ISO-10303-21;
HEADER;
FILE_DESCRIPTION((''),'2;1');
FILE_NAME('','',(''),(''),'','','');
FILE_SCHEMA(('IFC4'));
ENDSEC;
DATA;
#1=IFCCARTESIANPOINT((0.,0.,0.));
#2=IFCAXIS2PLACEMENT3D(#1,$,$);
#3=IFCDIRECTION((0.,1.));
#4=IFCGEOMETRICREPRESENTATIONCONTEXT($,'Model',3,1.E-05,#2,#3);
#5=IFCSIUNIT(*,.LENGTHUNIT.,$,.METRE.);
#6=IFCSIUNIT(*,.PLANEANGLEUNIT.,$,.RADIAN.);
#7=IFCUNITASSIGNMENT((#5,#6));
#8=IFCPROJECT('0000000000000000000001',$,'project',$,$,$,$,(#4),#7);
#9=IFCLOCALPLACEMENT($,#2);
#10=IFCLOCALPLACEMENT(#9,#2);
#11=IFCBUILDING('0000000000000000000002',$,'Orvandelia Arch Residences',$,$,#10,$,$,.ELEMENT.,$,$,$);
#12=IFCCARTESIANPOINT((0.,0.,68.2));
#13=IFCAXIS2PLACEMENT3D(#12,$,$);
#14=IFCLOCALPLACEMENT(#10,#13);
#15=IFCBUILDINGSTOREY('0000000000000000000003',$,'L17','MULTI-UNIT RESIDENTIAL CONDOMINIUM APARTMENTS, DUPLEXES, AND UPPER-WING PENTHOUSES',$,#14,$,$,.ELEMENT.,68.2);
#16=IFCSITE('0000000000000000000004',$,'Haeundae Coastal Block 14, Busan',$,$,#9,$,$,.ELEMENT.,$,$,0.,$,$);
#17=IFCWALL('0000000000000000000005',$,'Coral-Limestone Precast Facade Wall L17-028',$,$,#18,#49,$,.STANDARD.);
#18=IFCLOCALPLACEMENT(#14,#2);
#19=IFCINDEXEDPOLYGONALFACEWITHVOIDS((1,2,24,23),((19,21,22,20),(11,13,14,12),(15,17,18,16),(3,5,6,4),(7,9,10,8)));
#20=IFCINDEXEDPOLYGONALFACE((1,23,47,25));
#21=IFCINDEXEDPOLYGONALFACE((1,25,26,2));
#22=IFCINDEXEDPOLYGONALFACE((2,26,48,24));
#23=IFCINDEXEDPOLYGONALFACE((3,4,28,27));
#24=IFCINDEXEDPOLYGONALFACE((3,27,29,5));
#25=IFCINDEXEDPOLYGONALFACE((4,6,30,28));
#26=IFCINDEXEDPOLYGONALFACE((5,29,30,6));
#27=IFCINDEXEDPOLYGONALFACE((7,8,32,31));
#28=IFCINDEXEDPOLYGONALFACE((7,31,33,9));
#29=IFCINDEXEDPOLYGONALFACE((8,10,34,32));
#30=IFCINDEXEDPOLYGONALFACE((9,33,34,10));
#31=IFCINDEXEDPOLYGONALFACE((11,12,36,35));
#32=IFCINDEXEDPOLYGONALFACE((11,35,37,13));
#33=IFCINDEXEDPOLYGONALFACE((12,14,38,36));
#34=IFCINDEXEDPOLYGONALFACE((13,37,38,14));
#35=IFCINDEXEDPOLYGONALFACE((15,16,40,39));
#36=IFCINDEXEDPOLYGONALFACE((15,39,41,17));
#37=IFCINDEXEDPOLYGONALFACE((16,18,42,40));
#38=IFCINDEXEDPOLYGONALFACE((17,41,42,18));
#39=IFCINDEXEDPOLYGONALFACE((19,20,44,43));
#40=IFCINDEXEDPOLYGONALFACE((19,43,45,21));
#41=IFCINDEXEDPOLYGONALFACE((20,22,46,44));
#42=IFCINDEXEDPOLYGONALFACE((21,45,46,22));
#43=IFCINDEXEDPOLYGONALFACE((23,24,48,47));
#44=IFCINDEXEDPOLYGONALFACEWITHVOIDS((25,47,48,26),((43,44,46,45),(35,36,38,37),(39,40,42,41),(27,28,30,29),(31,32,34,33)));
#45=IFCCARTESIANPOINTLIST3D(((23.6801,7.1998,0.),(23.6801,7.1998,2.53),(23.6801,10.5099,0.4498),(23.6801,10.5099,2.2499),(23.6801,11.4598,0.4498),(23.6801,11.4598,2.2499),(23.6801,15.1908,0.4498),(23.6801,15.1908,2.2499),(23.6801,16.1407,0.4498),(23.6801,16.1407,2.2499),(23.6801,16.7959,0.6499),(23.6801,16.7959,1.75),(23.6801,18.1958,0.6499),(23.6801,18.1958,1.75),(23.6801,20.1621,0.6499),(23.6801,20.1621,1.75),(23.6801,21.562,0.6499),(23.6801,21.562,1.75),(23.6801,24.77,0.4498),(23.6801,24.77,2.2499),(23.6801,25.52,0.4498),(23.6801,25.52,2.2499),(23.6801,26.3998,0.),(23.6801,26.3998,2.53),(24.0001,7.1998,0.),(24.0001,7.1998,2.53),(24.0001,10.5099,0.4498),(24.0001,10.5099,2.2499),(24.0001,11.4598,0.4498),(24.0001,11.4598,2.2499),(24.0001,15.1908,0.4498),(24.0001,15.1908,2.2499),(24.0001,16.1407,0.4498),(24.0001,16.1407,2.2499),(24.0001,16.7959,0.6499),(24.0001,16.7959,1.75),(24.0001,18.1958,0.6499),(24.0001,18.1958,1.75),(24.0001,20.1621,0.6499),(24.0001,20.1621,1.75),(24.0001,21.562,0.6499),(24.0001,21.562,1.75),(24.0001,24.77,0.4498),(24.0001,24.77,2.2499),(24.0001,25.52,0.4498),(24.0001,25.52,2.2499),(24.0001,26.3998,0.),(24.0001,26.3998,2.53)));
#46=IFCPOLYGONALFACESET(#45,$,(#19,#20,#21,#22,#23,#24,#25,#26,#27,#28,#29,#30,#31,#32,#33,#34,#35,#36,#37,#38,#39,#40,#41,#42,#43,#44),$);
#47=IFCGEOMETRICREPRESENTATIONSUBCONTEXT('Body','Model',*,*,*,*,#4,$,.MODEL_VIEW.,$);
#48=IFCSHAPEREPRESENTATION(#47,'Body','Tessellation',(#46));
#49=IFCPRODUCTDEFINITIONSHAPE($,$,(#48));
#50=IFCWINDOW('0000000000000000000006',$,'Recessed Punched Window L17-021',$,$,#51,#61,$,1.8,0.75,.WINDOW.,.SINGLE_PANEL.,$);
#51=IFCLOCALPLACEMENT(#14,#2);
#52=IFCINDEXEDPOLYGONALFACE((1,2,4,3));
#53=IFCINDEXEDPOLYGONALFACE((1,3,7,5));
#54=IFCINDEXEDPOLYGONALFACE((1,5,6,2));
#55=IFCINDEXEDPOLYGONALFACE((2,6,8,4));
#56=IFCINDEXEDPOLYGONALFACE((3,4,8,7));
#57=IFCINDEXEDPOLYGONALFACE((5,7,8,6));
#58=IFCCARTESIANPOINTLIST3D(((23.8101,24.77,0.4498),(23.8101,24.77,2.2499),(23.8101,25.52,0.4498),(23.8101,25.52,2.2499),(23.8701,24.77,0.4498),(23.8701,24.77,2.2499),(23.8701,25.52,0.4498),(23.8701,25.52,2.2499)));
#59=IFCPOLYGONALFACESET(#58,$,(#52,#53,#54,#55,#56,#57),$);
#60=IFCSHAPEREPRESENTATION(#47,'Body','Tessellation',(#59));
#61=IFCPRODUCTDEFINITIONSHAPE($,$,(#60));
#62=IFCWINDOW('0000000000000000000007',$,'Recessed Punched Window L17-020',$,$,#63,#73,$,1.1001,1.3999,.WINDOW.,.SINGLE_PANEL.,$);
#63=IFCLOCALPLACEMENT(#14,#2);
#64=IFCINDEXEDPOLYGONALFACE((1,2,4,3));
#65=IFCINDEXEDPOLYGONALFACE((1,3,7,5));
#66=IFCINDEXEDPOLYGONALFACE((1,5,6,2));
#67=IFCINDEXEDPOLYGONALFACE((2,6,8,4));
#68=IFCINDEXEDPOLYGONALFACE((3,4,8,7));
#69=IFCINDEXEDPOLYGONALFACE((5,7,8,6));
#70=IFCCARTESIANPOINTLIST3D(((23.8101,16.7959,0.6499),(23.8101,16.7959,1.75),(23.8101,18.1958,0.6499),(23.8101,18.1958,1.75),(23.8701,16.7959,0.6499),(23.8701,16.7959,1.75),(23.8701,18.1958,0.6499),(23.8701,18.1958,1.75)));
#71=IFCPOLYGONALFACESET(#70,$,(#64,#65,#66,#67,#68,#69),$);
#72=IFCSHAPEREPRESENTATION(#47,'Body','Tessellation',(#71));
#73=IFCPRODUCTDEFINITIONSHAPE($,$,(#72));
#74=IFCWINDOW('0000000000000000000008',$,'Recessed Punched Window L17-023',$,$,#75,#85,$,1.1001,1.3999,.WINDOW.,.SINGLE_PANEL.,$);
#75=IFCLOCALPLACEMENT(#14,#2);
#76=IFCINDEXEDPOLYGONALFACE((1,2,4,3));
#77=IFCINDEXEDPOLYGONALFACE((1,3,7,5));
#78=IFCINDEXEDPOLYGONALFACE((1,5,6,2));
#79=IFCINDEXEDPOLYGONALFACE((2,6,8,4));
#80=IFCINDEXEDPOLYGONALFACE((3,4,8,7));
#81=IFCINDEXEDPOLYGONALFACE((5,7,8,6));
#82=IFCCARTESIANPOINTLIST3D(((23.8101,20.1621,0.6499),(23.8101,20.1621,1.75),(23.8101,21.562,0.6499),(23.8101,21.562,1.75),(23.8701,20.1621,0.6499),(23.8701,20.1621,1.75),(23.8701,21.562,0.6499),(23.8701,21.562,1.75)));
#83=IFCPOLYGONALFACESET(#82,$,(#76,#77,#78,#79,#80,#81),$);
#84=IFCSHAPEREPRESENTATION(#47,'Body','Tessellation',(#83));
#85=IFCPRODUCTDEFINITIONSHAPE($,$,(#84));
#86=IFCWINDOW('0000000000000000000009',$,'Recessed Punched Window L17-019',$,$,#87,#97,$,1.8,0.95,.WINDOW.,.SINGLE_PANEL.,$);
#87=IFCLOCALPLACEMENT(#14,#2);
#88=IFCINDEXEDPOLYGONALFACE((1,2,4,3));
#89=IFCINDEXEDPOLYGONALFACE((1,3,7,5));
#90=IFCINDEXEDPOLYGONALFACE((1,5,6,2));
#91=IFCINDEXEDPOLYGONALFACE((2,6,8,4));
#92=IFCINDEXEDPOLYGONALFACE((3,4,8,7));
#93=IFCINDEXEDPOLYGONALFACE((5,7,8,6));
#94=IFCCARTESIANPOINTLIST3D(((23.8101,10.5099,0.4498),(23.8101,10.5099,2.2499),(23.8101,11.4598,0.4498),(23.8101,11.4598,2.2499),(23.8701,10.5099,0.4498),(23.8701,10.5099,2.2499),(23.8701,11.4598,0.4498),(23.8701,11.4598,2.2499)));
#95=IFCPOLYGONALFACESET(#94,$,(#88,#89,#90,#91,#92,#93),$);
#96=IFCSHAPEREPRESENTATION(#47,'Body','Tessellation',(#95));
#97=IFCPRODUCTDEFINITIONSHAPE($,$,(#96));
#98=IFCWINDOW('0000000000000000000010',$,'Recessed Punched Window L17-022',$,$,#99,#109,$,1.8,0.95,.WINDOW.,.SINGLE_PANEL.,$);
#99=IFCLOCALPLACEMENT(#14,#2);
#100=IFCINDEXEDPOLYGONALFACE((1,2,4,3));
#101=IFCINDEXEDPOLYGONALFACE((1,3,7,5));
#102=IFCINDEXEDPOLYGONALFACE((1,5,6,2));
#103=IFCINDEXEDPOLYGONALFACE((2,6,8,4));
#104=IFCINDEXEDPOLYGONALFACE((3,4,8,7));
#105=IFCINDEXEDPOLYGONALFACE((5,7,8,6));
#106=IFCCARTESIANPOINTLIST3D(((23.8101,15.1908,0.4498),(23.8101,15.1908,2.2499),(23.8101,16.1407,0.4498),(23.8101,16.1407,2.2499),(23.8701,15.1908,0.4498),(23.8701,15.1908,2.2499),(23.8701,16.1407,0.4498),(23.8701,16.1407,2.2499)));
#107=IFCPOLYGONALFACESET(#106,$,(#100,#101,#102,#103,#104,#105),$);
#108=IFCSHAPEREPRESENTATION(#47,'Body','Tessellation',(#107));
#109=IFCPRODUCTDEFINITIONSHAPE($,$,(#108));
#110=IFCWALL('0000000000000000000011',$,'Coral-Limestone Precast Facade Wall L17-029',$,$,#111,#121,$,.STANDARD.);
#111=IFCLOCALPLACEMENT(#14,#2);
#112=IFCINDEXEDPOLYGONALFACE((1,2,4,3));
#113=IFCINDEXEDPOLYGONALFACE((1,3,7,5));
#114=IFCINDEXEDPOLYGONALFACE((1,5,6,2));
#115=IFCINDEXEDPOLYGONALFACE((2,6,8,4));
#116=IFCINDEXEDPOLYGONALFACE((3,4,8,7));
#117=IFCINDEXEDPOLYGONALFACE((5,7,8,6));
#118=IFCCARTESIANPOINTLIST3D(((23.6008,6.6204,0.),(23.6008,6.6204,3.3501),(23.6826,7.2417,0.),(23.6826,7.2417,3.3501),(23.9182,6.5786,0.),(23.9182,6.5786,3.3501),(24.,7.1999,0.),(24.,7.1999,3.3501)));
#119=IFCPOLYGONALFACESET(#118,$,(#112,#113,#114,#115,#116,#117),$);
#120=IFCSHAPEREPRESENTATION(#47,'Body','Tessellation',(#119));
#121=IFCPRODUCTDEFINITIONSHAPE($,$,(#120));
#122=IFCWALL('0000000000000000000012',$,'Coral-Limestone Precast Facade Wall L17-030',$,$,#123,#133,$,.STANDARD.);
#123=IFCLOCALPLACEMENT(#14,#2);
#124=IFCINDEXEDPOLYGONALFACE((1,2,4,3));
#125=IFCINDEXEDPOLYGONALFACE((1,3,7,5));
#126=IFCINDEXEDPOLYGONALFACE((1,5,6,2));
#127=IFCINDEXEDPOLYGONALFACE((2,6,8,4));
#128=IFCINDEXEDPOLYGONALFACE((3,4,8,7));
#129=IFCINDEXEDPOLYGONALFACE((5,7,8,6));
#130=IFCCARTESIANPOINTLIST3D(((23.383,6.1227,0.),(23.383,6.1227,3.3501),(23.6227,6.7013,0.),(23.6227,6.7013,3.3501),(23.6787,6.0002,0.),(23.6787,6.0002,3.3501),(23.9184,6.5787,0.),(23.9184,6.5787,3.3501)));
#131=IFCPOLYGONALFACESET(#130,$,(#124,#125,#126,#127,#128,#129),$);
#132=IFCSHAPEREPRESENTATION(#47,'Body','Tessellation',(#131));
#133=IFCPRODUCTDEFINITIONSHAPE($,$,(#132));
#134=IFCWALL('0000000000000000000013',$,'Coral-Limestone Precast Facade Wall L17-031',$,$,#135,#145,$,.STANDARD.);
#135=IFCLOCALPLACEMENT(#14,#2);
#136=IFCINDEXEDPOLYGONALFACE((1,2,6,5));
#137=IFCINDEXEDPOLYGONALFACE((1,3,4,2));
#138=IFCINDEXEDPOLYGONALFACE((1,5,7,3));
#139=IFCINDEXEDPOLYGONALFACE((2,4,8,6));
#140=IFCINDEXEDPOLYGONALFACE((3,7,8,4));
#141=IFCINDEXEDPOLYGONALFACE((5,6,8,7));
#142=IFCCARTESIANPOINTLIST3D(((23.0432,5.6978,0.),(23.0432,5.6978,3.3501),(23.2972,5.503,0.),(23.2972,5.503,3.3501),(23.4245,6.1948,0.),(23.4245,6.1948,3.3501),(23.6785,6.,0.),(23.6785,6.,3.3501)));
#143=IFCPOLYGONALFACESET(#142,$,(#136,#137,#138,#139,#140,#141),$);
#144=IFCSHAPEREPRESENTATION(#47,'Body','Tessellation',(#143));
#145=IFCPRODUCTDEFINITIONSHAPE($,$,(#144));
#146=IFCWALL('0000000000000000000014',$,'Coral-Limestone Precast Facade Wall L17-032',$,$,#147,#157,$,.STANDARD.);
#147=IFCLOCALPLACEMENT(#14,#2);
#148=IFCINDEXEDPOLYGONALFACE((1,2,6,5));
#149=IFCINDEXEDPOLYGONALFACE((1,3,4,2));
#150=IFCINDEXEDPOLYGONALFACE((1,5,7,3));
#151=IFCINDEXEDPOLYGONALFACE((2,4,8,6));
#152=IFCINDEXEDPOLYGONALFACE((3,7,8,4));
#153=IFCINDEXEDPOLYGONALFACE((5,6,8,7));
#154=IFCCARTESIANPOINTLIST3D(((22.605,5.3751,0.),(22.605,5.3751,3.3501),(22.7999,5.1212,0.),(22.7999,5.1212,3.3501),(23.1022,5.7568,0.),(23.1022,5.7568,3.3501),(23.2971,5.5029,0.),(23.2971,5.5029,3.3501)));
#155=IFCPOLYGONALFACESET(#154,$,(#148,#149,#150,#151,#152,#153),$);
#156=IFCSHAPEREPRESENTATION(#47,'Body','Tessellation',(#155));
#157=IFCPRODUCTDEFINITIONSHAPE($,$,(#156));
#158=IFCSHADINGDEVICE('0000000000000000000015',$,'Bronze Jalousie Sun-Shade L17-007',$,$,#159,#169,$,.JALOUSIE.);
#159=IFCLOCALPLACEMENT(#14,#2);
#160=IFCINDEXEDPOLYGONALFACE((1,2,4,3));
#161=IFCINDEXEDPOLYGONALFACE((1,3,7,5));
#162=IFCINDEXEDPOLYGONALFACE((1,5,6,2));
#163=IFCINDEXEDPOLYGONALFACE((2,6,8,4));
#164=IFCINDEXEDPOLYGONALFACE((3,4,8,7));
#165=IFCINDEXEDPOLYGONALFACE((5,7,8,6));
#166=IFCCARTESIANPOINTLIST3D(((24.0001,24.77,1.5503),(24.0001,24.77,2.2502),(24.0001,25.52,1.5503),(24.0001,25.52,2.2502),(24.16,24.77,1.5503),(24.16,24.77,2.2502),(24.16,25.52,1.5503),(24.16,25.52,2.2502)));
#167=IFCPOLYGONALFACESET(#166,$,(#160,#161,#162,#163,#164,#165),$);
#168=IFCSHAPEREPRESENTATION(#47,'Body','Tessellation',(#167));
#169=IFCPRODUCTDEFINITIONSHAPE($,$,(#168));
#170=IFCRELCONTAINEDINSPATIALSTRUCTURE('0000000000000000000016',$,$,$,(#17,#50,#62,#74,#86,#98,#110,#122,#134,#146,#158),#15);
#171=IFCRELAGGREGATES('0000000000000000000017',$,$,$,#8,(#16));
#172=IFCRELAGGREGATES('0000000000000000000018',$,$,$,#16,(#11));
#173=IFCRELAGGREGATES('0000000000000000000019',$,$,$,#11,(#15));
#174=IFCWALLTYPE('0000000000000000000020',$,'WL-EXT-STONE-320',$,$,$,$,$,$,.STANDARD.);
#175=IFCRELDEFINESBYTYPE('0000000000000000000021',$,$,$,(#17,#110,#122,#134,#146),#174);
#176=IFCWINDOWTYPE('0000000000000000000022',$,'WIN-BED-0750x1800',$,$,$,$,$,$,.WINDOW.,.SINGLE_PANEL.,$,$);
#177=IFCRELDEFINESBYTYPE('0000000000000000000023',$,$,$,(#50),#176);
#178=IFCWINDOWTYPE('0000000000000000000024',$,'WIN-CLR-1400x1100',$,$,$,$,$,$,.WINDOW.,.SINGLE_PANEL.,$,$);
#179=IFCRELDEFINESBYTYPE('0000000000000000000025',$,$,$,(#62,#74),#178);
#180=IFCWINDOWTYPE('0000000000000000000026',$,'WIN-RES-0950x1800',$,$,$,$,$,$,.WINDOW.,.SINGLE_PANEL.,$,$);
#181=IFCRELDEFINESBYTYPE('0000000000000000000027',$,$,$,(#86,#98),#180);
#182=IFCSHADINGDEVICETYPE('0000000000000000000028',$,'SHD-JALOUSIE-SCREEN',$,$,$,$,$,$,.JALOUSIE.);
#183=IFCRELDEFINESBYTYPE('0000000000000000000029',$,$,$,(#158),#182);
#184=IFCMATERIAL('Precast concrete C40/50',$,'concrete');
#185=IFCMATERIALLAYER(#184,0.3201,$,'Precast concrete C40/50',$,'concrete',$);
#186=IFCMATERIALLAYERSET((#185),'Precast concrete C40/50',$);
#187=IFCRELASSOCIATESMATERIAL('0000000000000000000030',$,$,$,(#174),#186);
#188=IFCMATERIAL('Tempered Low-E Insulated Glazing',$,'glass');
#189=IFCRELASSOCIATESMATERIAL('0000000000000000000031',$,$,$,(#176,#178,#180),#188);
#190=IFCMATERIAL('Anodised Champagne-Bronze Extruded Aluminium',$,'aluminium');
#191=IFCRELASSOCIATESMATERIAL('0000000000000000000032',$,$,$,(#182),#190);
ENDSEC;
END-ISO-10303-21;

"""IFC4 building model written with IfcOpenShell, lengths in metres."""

from ifc_helpers import new_model, si_unit, direction, frame, frame_2d, origin, origin_2d, place, context, subcontext, project, spatial, rectangle, extrude, material, layer, layer_set, type_object, element, fill, save


model = new_model("IFC4")

# Units and contexts
model_context = context("Model", 3, precision=1e-05, world=origin(), true_north=direction((0.0, 1.0)))
body_context = subcontext(model_context, "Body", "Model", "MODEL_VIEW")
ifc_project = project(units=[si_unit("LENGTHUNIT", "METRE"), si_unit("PLANEANGLEUNIT", "RADIAN")], contexts=[model_context])

# Site, building, storey
site_placement = place(None, origin())
site = spatial("IfcSite", under=ifc_project, at=site_placement, Name="Haeundae Coastal Block 14, Busan", CompositionType="ELEMENT", RefElevation=0.0)
building_placement = place(site_placement, origin())
building = spatial("IfcBuilding", under=site, at=building_placement, Name="Orvandelia Arch Residences", CompositionType="ELEMENT")
storey_placement = place(building_placement, frame((0.0, 0.0, 68.2)))
storey = spatial("IfcBuildingStorey", under=building, at=storey_placement, Name="L17", Description="MULTI-UNIT RESIDENTIAL CONDOMINIUM APARTMENTS, DUPLEXES, AND UPPER-WING PENTHOUSES", CompositionType="ELEMENT", Elevation=68.2)

# Shared definitions
ifc_material_1 = material(Name="Precast concrete C40/50", Category="concrete")
ifc_layer = layer(ifc_material_1, 0.3201, Name="Precast concrete C40/50", Category="concrete")
ifc_layer_set = layer_set([ifc_layer], Name="Precast concrete C40/50")
wall_type = type_object("IfcWallType", Name="WL-EXT-STONE-320", PredefinedType="STANDARD", material=ifc_layer_set)

# Wall, openings, windows
wall_1_placement = place(storey_placement, frame((23.8401, 26.3999, 0.0), z_axis=(0.0, 0.0, 1.0), x_axis=(0.0, -1.0, 0.0)))
wall_1 = element("IfcWall", 1, at=wall_1_placement, inside=storey, type_object=wall_type, Name="Coral-Limestone Precast Facade Wall L17-028", PredefinedType="STANDARD", context=body_context, shape_type="SweptSolid", body=[
    extrude(rectangle(XDim=19.2, YDim=0.3201, at=frame_2d((9.6001, 0.0))), origin(), (0.0, 0.0, 1.0), 2.53),
])
opening_1_placement = place(wall_1_placement, frame((14.9399, 0.0, 0.45)))
opening_1 = element("IfcOpeningElement", 2, at=opening_1_placement, cuts=wall_1, PredefinedType="OPENING", context=body_context, shape_type="SweptSolid", body=[
    extrude(rectangle(XDim=0.95, YDim=1.8, at=frame_2d((0.4751, 0.8999))), frame((0.0, 0.1699, 0.0), z_axis=(0.0, -1.0, 0.0), x_axis=(1.0, 0.0, 0.0)), (0.0, 0.0, 1.0), 0.3401),
])
opening_2_placement = place(wall_1_placement, frame((8.2041, 0.0, 0.6499)))
opening_2 = element("IfcOpeningElement", 3, at=opening_2_placement, cuts=wall_1, PredefinedType="OPENING", context=body_context, shape_type="SweptSolid", body=[
    extrude(rectangle(XDim=1.3999, YDim=1.1001, at=frame_2d((0.7, 0.55))), frame((0.0, 0.1699, 0.0), z_axis=(0.0, -1.0, 0.0), x_axis=(1.0, 0.0, 0.0)), (0.0, 0.0, 1.0), 0.3401),
])
opening_3_placement = place(wall_1_placement, frame((0.8799, 0.0, 0.45)))
opening_3 = element("IfcOpeningElement", 4, at=opening_3_placement, cuts=wall_1, PredefinedType="OPENING", context=body_context, shape_type="SweptSolid", body=[
    extrude(rectangle(XDim=0.75, YDim=1.8, at=frame_2d((0.375, 0.8999))), frame((0.0, 0.1699, 0.0), z_axis=(0.0, -1.0, 0.0), x_axis=(1.0, 0.0, 0.0)), (0.0, 0.0, 1.0), 0.3401),
])
opening_4_placement = place(wall_1_placement, frame((10.259, 0.0, 0.45)))
opening_4 = element("IfcOpeningElement", 5, at=opening_4_placement, cuts=wall_1, PredefinedType="OPENING", context=body_context, shape_type="SweptSolid", body=[
    extrude(rectangle(XDim=0.95, YDim=1.8, at=frame_2d((0.4751, 0.8999))), frame((0.0, 0.1699, 0.0), z_axis=(0.0, -1.0, 0.0), x_axis=(1.0, 0.0, 0.0)), (0.0, 0.0, 1.0), 0.3401),
])
opening_5_placement = place(wall_1_placement, frame((4.8379, 0.0, 0.6499)))
opening_5 = element("IfcOpeningElement", 6, at=opening_5_placement, cuts=wall_1, PredefinedType="OPENING", context=body_context, shape_type="SweptSolid", body=[
    extrude(rectangle(XDim=1.3999, YDim=1.1001, at=frame_2d((0.7, 0.55))), frame((0.0, 0.1699, 0.0), z_axis=(0.0, -1.0, 0.0), x_axis=(1.0, 0.0, 0.0)), (0.0, 0.0, 1.0), 0.3401),
])
ifc_material_2 = material(Name="Tempered Low-E Insulated Glazing", Category="glass")
window_type_1 = type_object("IfcWindowType", Name="WIN-BED-0750x1800", PartitioningType="SINGLE_PANEL", PredefinedType="WINDOW", material=ifc_material_2)
window_1_placement = place(opening_3_placement, origin())
window_1 = element("IfcWindow", 7, at=window_1_placement, inside=storey, type_object=window_type_1, Name="Recessed Punched Window L17-021", OverallHeight=1.8, OverallWidth=0.75, PartitioningType="SINGLE_PANEL", PredefinedType="WINDOW", context=body_context, shape_type="SweptSolid", body=[
    extrude(rectangle(XDim=0.75, YDim=1.8, at=frame_2d((0.375, 0.8999))), frame((0.0, 0.03, 0.0), z_axis=(0.0, -1.0, 0.0), x_axis=(1.0, 0.0, 0.0)), (0.0, 0.0, 1.0), 0.0601),
])
fill(opening_3, window_1)
window_type_2 = type_object("IfcWindowType", Name="WIN-CLR-1400x1100", PartitioningType="SINGLE_PANEL", PredefinedType="WINDOW", material=ifc_material_2)
window_2_placement = place(opening_2_placement, origin())
window_2 = element("IfcWindow", 8, at=window_2_placement, inside=storey, type_object=window_type_2, Name="Recessed Punched Window L17-020", OverallHeight=1.1001, OverallWidth=1.3999, PartitioningType="SINGLE_PANEL", PredefinedType="WINDOW", context=body_context, shape_type="SweptSolid", body=[
    extrude(rectangle(XDim=1.3999, YDim=1.1001, at=frame_2d((0.7, 0.55))), frame((0.0, 0.03, 0.0), z_axis=(0.0, -1.0, 0.0), x_axis=(1.0, 0.0, 0.0)), (0.0, 0.0, 1.0), 0.0601),
])
fill(opening_2, window_2)
window_3_placement = place(opening_5_placement, origin())
window_3 = element("IfcWindow", 9, at=window_3_placement, inside=storey, type_object=window_type_2, Name="Recessed Punched Window L17-023", OverallHeight=1.1001, OverallWidth=1.3999, PartitioningType="SINGLE_PANEL", PredefinedType="WINDOW", context=body_context, shape_type="SweptSolid", body=[
    extrude(rectangle(XDim=1.3999, YDim=1.1001, at=frame_2d((0.7, 0.55))), frame((0.0, 0.03, 0.0), z_axis=(0.0, -1.0, 0.0), x_axis=(1.0, 0.0, 0.0)), (0.0, 0.0, 1.0), 0.0601),
])
fill(opening_5, window_3)
window_type_3 = type_object("IfcWindowType", Name="WIN-RES-0950x1800", PartitioningType="SINGLE_PANEL", PredefinedType="WINDOW", material=ifc_material_2)
window_4_placement = place(opening_1_placement, origin())
window_4 = element("IfcWindow", 10, at=window_4_placement, inside=storey, type_object=window_type_3, Name="Recessed Punched Window L17-019", OverallHeight=1.8, OverallWidth=0.95, PartitioningType="SINGLE_PANEL", PredefinedType="WINDOW", context=body_context, shape_type="SweptSolid", body=[
    extrude(rectangle(XDim=0.95, YDim=1.8, at=frame_2d((0.4751, 0.8999))), frame((0.0, 0.03, 0.0), z_axis=(0.0, -1.0, 0.0), x_axis=(1.0, 0.0, 0.0)), (0.0, 0.0, 1.0), 0.0601),
])
fill(opening_1, window_4)
window_5_placement = place(opening_4_placement, origin())
window_5 = element("IfcWindow", 11, at=window_5_placement, inside=storey, type_object=window_type_3, Name="Recessed Punched Window L17-022", OverallHeight=1.8, OverallWidth=0.95, PartitioningType="SINGLE_PANEL", PredefinedType="WINDOW", context=body_context, shape_type="SweptSolid", body=[
    extrude(rectangle(XDim=0.95, YDim=1.8, at=frame_2d((0.4751, 0.8999))), frame((0.0, 0.03, 0.0), z_axis=(0.0, -1.0, 0.0), x_axis=(1.0, 0.0, 0.0)), (0.0, 0.0, 1.0), 0.0601),
])
fill(opening_4, window_5)

# Walls
wall_2_placement = place(storey_placement, frame((23.8413, 7.2209, 0.0), z_axis=(0.0, 0.0, 1.0), x_axis=(-0.130505, -0.991448, 0.0)))
element("IfcWall", 12, at=wall_2_placement, inside=storey, type_object=wall_type, Name="Coral-Limestone Precast Facade Wall L17-029", PredefinedType="STANDARD", context=body_context, shape_type="SweptSolid", body=[
    extrude(rectangle(XDim=0.6267, YDim=0.3201, at=frame_2d((0.3135, 0.0))), origin(), (0.0, 0.0, 1.0), 3.3501),
])
wall_3_placement = place(storey_placement, frame((23.7705, 6.6399, 0.0), z_axis=(0.0, 0.0, 1.0), x_axis=(-0.382788, -0.923836, 0.0)))
element("IfcWall", 13, at=wall_3_placement, inside=storey, type_object=wall_type, Name="Coral-Limestone Precast Facade Wall L17-030", PredefinedType="STANDARD", context=body_context, shape_type="SweptSolid", body=[
    extrude(rectangle(XDim=0.6262, YDim=0.3201, at=frame_2d((0.313, 0.0))), origin(), (0.0, 0.0, 1.0), 3.3501),
])
wall_4_placement = place(storey_placement, frame((23.5515, 6.0974, 0.0), z_axis=(0.0, 0.0, 1.0), x_axis=(-0.608693, -0.793406, 0.0)))
element("IfcWall", 14, at=wall_4_placement, inside=storey, type_object=wall_type, Name="Coral-Limestone Precast Facade Wall L17-031", PredefinedType="STANDARD", context=body_context, shape_type="SweptSolid", body=[
    extrude(rectangle(XDim=0.6265, YDim=0.3201, at=frame_2d((0.3132, 0.0))), origin(), (0.0, 0.0, 1.0), 3.3501),
])
wall_5_placement = place(storey_placement, frame((23.1997, 5.6299, 0.0), z_axis=(0.0, 0.0, 1.0), x_axis=(-0.793217, -0.608939, 0.0)))
element("IfcWall", 15, at=wall_5_placement, inside=storey, type_object=wall_type, Name="Coral-Limestone Precast Facade Wall L17-032", PredefinedType="STANDARD", context=body_context, shape_type="SweptSolid", body=[
    extrude(rectangle(XDim=0.6267, YDim=0.3201, at=frame_2d((0.3135, 0.0))), origin(), (0.0, 0.0, 1.0), 3.3501),
])

# Shading device
ifc_material_3 = material(Name="Anodised Champagne-Bronze Extruded Aluminium", Category="aluminium")
shading_device_type = type_object("IfcShadingDeviceType", Name="SHD-JALOUSIE-SCREEN", PredefinedType="JALOUSIE", material=ifc_material_3)
shading_device_placement = place(storey_placement, frame((24.0801, 25.145, 1.5503), z_axis=(0.0, 0.0, 1.0), x_axis=(0.0, -1.0, 0.0)))
element("IfcShadingDevice", 16, at=shading_device_placement, inside=storey, type_object=shading_device_type, Name="Bronze Jalousie Sun-Shade L17-007", PredefinedType="JALOUSIE", context=body_context, shape_type="SweptSolid", body=[
    extrude(rectangle(XDim=0.75, YDim=0.1599, at=origin_2d()), origin(), (0.0, 0.0, 1.0), 0.7),
])

save(model, "model.ifc")
